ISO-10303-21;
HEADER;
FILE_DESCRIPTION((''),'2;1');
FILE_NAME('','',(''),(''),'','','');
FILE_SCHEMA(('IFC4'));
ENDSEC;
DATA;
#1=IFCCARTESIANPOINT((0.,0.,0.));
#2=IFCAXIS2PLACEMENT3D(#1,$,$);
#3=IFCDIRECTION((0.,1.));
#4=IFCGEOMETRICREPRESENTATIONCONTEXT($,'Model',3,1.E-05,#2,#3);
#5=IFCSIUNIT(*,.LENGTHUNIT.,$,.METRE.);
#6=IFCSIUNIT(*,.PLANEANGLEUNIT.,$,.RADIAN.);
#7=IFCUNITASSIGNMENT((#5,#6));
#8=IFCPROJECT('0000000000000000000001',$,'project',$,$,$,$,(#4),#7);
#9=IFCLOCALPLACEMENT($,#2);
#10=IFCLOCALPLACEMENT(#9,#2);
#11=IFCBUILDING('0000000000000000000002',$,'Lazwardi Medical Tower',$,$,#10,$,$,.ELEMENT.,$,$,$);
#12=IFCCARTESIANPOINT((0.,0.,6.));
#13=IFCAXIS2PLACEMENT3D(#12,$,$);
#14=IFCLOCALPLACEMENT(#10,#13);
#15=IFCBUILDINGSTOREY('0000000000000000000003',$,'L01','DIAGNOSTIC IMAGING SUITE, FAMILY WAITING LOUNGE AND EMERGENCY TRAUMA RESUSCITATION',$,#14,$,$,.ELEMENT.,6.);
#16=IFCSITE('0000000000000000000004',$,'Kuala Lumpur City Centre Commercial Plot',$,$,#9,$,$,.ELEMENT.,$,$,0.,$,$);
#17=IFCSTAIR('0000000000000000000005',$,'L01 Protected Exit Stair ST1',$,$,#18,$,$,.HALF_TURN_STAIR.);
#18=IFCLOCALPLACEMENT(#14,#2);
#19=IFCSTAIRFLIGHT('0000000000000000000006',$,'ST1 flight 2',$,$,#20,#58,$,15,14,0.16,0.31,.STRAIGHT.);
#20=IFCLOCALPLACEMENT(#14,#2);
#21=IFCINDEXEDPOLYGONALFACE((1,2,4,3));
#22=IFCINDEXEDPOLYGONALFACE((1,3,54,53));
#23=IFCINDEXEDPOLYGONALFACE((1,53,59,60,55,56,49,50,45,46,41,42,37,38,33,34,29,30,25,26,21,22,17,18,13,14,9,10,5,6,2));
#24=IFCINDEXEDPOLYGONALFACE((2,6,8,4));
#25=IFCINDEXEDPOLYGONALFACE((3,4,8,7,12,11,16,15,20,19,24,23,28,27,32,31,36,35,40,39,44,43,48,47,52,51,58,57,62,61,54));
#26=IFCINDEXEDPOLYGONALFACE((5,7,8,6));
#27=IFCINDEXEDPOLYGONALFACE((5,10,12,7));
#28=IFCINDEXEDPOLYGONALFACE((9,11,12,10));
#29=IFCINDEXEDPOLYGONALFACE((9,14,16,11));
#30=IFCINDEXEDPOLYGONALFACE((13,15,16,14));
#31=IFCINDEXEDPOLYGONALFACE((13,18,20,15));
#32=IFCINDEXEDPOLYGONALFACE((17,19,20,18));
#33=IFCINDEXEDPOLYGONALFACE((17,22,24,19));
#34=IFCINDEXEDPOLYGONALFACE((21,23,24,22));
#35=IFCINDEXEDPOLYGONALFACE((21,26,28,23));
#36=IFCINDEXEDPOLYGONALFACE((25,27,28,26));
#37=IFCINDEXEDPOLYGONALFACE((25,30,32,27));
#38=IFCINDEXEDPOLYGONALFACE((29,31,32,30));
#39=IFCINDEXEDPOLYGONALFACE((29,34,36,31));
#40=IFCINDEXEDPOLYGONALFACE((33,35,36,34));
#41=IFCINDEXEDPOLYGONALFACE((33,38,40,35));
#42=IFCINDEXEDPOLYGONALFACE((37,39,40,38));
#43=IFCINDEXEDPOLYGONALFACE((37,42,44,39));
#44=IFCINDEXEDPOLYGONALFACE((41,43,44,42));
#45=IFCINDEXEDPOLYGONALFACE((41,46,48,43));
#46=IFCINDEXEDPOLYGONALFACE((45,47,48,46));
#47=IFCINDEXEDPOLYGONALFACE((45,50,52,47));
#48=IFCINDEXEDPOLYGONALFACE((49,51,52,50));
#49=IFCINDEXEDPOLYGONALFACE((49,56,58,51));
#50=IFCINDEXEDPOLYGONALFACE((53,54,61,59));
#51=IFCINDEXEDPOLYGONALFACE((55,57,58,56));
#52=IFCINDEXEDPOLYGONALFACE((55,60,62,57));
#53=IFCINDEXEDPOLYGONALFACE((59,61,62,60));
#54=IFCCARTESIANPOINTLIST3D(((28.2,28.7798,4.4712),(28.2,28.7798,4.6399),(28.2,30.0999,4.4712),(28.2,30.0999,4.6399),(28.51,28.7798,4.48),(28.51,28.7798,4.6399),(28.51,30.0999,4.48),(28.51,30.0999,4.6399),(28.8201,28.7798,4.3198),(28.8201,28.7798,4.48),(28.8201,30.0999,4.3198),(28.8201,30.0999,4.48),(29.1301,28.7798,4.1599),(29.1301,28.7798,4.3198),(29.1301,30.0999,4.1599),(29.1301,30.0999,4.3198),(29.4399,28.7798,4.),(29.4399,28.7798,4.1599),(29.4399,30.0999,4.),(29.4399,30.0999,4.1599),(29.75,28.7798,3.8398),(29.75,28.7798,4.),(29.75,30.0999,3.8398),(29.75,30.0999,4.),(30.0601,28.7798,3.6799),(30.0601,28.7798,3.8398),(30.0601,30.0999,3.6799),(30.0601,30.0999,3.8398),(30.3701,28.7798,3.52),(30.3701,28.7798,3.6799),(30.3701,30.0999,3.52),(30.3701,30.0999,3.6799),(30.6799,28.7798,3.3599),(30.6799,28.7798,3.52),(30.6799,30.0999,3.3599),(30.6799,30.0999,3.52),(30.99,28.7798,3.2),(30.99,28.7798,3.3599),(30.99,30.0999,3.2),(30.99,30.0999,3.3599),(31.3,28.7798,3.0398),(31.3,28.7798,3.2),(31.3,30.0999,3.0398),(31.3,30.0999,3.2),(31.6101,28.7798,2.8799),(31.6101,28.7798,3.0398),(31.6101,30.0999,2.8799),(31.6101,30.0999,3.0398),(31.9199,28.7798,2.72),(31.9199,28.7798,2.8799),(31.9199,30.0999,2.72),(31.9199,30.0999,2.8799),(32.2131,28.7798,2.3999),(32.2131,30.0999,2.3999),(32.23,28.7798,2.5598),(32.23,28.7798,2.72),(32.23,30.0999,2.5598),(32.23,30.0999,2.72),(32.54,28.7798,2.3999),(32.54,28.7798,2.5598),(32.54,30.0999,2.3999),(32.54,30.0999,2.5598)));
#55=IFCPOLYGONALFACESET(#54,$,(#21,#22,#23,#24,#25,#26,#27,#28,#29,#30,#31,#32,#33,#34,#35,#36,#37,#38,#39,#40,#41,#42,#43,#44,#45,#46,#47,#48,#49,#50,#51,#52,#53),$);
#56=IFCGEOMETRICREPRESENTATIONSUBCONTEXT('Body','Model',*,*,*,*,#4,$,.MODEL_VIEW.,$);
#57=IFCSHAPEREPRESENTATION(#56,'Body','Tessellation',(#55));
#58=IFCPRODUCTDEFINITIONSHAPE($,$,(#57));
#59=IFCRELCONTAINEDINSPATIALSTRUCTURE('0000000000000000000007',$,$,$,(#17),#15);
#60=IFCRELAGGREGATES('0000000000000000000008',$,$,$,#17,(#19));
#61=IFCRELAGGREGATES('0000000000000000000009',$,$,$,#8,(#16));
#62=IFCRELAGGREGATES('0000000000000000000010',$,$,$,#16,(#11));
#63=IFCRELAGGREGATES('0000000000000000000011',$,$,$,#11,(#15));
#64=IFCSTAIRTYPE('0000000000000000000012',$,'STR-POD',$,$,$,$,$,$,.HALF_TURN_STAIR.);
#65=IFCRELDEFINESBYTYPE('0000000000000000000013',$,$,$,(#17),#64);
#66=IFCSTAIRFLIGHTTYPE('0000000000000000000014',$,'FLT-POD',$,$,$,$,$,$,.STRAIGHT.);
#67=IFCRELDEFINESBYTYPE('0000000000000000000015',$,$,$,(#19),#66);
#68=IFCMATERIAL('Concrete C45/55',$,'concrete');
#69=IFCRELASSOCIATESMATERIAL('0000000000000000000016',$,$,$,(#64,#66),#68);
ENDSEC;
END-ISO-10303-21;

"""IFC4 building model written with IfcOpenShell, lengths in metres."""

from ifc_helpers import new_model, si_unit, direction, frame, origin, place, context, subcontext, project, spatial, polyline, outline, extrude, material, type_object, element, aggregate, save


model = new_model("IFC4")

# Units and contexts
model_context = context("Model", 3, precision=1e-05, world=origin(), true_north=direction((0.0, 1.0)))
body_context = subcontext(model_context, "Body", "Model", "MODEL_VIEW")
ifc_project = project(units=[si_unit("LENGTHUNIT", "METRE"), si_unit("PLANEANGLEUNIT", "RADIAN")], contexts=[model_context])

# Site, building, storey
site_placement = place(None, origin())
site = spatial("IfcSite", under=ifc_project, at=site_placement, Name="Kuala Lumpur City Centre Commercial Plot", CompositionType="ELEMENT", RefElevation=0.0)
building_placement = place(site_placement, origin())
building = spatial("IfcBuilding", under=site, at=building_placement, Name="Lazwardi Medical Tower", CompositionType="ELEMENT")
storey_placement = place(building_placement, frame((0.0, 0.0, 6.0)))
storey = spatial("IfcBuildingStorey", under=building, at=storey_placement, Name="L01", Description="DIAGNOSTIC IMAGING SUITE, FAMILY WAITING LOUNGE AND EMERGENCY TRAUMA RESUSCITATION", CompositionType="ELEMENT", Elevation=6.0)

# Stair, stair flight
ifc_material_1 = material(Name="Concrete C45/55", Category="concrete")
stair_type = type_object("IfcStairType", Name="STR-POD", PredefinedType="HALF_TURN_STAIR", material=ifc_material_1)
stair_placement = place(storey_placement, origin())
stair = element("IfcStair", 1, at=stair_placement, inside=storey, type_object=stair_type, Name="L01 Protected Exit Stair ST1", PredefinedType="HALF_TURN_STAIR")
stair_flight_type = type_object("IfcStairFlightType", Name="FLT-POD", PredefinedType="STRAIGHT", material=ifc_material_1)
stair_flight_placement = place(storey_placement, frame((32.54, 29.4399, 2.3999), z_axis=(0.0, 0.0, 1.0), x_axis=(-1.0, 0.0, 0.0)))
stair_flight = element("IfcStairFlight", 2, at=stair_flight_placement, type_object=stair_flight_type, Name="ST1 flight 2", NumberOfRisers=15, NumberOfTreads=14, PredefinedType="STRAIGHT", RiserHeight=0.16, TreadLength=0.31, context=body_context, shape_type="SweptSolid", body=[
    extrude(outline(polyline([(0.0, 0.0), (0.0, 0.1599), (0.3101, 0.1599), (0.3101, 0.3201), (0.6201, 0.3201), (0.6201, 0.48), (0.9299, 0.48), (0.9299, 0.6399), (1.24, 0.6399), (1.24, 0.8), (1.55, 0.8), (1.55, 0.96), (1.8601, 0.96), (1.8601, 1.1201), (2.1699, 1.1201), (2.1699, 1.28), (2.48, 1.28), (2.48, 1.4399), (2.79, 1.4399), (2.79, 1.6001), (3.1001, 1.6001), (3.1001, 1.76), (3.4099, 1.76), (3.4099, 1.9199), (3.72, 1.9199), (3.72, 2.0801), (4.03, 2.0801), (4.03, 2.24), (4.3401, 2.24), (4.3401, 2.3999), (4.3401, 2.0713), (0.3269, 0.0), (0.0, 0.0)])), frame((0.0, 0.6602, 0.0), z_axis=(0.0, -1.0, 0.0), x_axis=(1.0, 0.0, 0.0)), (0.0, 0.0, 1.0), 1.3201),
])
aggregate(stair, [stair_flight])

save(model, "model.ifc")
